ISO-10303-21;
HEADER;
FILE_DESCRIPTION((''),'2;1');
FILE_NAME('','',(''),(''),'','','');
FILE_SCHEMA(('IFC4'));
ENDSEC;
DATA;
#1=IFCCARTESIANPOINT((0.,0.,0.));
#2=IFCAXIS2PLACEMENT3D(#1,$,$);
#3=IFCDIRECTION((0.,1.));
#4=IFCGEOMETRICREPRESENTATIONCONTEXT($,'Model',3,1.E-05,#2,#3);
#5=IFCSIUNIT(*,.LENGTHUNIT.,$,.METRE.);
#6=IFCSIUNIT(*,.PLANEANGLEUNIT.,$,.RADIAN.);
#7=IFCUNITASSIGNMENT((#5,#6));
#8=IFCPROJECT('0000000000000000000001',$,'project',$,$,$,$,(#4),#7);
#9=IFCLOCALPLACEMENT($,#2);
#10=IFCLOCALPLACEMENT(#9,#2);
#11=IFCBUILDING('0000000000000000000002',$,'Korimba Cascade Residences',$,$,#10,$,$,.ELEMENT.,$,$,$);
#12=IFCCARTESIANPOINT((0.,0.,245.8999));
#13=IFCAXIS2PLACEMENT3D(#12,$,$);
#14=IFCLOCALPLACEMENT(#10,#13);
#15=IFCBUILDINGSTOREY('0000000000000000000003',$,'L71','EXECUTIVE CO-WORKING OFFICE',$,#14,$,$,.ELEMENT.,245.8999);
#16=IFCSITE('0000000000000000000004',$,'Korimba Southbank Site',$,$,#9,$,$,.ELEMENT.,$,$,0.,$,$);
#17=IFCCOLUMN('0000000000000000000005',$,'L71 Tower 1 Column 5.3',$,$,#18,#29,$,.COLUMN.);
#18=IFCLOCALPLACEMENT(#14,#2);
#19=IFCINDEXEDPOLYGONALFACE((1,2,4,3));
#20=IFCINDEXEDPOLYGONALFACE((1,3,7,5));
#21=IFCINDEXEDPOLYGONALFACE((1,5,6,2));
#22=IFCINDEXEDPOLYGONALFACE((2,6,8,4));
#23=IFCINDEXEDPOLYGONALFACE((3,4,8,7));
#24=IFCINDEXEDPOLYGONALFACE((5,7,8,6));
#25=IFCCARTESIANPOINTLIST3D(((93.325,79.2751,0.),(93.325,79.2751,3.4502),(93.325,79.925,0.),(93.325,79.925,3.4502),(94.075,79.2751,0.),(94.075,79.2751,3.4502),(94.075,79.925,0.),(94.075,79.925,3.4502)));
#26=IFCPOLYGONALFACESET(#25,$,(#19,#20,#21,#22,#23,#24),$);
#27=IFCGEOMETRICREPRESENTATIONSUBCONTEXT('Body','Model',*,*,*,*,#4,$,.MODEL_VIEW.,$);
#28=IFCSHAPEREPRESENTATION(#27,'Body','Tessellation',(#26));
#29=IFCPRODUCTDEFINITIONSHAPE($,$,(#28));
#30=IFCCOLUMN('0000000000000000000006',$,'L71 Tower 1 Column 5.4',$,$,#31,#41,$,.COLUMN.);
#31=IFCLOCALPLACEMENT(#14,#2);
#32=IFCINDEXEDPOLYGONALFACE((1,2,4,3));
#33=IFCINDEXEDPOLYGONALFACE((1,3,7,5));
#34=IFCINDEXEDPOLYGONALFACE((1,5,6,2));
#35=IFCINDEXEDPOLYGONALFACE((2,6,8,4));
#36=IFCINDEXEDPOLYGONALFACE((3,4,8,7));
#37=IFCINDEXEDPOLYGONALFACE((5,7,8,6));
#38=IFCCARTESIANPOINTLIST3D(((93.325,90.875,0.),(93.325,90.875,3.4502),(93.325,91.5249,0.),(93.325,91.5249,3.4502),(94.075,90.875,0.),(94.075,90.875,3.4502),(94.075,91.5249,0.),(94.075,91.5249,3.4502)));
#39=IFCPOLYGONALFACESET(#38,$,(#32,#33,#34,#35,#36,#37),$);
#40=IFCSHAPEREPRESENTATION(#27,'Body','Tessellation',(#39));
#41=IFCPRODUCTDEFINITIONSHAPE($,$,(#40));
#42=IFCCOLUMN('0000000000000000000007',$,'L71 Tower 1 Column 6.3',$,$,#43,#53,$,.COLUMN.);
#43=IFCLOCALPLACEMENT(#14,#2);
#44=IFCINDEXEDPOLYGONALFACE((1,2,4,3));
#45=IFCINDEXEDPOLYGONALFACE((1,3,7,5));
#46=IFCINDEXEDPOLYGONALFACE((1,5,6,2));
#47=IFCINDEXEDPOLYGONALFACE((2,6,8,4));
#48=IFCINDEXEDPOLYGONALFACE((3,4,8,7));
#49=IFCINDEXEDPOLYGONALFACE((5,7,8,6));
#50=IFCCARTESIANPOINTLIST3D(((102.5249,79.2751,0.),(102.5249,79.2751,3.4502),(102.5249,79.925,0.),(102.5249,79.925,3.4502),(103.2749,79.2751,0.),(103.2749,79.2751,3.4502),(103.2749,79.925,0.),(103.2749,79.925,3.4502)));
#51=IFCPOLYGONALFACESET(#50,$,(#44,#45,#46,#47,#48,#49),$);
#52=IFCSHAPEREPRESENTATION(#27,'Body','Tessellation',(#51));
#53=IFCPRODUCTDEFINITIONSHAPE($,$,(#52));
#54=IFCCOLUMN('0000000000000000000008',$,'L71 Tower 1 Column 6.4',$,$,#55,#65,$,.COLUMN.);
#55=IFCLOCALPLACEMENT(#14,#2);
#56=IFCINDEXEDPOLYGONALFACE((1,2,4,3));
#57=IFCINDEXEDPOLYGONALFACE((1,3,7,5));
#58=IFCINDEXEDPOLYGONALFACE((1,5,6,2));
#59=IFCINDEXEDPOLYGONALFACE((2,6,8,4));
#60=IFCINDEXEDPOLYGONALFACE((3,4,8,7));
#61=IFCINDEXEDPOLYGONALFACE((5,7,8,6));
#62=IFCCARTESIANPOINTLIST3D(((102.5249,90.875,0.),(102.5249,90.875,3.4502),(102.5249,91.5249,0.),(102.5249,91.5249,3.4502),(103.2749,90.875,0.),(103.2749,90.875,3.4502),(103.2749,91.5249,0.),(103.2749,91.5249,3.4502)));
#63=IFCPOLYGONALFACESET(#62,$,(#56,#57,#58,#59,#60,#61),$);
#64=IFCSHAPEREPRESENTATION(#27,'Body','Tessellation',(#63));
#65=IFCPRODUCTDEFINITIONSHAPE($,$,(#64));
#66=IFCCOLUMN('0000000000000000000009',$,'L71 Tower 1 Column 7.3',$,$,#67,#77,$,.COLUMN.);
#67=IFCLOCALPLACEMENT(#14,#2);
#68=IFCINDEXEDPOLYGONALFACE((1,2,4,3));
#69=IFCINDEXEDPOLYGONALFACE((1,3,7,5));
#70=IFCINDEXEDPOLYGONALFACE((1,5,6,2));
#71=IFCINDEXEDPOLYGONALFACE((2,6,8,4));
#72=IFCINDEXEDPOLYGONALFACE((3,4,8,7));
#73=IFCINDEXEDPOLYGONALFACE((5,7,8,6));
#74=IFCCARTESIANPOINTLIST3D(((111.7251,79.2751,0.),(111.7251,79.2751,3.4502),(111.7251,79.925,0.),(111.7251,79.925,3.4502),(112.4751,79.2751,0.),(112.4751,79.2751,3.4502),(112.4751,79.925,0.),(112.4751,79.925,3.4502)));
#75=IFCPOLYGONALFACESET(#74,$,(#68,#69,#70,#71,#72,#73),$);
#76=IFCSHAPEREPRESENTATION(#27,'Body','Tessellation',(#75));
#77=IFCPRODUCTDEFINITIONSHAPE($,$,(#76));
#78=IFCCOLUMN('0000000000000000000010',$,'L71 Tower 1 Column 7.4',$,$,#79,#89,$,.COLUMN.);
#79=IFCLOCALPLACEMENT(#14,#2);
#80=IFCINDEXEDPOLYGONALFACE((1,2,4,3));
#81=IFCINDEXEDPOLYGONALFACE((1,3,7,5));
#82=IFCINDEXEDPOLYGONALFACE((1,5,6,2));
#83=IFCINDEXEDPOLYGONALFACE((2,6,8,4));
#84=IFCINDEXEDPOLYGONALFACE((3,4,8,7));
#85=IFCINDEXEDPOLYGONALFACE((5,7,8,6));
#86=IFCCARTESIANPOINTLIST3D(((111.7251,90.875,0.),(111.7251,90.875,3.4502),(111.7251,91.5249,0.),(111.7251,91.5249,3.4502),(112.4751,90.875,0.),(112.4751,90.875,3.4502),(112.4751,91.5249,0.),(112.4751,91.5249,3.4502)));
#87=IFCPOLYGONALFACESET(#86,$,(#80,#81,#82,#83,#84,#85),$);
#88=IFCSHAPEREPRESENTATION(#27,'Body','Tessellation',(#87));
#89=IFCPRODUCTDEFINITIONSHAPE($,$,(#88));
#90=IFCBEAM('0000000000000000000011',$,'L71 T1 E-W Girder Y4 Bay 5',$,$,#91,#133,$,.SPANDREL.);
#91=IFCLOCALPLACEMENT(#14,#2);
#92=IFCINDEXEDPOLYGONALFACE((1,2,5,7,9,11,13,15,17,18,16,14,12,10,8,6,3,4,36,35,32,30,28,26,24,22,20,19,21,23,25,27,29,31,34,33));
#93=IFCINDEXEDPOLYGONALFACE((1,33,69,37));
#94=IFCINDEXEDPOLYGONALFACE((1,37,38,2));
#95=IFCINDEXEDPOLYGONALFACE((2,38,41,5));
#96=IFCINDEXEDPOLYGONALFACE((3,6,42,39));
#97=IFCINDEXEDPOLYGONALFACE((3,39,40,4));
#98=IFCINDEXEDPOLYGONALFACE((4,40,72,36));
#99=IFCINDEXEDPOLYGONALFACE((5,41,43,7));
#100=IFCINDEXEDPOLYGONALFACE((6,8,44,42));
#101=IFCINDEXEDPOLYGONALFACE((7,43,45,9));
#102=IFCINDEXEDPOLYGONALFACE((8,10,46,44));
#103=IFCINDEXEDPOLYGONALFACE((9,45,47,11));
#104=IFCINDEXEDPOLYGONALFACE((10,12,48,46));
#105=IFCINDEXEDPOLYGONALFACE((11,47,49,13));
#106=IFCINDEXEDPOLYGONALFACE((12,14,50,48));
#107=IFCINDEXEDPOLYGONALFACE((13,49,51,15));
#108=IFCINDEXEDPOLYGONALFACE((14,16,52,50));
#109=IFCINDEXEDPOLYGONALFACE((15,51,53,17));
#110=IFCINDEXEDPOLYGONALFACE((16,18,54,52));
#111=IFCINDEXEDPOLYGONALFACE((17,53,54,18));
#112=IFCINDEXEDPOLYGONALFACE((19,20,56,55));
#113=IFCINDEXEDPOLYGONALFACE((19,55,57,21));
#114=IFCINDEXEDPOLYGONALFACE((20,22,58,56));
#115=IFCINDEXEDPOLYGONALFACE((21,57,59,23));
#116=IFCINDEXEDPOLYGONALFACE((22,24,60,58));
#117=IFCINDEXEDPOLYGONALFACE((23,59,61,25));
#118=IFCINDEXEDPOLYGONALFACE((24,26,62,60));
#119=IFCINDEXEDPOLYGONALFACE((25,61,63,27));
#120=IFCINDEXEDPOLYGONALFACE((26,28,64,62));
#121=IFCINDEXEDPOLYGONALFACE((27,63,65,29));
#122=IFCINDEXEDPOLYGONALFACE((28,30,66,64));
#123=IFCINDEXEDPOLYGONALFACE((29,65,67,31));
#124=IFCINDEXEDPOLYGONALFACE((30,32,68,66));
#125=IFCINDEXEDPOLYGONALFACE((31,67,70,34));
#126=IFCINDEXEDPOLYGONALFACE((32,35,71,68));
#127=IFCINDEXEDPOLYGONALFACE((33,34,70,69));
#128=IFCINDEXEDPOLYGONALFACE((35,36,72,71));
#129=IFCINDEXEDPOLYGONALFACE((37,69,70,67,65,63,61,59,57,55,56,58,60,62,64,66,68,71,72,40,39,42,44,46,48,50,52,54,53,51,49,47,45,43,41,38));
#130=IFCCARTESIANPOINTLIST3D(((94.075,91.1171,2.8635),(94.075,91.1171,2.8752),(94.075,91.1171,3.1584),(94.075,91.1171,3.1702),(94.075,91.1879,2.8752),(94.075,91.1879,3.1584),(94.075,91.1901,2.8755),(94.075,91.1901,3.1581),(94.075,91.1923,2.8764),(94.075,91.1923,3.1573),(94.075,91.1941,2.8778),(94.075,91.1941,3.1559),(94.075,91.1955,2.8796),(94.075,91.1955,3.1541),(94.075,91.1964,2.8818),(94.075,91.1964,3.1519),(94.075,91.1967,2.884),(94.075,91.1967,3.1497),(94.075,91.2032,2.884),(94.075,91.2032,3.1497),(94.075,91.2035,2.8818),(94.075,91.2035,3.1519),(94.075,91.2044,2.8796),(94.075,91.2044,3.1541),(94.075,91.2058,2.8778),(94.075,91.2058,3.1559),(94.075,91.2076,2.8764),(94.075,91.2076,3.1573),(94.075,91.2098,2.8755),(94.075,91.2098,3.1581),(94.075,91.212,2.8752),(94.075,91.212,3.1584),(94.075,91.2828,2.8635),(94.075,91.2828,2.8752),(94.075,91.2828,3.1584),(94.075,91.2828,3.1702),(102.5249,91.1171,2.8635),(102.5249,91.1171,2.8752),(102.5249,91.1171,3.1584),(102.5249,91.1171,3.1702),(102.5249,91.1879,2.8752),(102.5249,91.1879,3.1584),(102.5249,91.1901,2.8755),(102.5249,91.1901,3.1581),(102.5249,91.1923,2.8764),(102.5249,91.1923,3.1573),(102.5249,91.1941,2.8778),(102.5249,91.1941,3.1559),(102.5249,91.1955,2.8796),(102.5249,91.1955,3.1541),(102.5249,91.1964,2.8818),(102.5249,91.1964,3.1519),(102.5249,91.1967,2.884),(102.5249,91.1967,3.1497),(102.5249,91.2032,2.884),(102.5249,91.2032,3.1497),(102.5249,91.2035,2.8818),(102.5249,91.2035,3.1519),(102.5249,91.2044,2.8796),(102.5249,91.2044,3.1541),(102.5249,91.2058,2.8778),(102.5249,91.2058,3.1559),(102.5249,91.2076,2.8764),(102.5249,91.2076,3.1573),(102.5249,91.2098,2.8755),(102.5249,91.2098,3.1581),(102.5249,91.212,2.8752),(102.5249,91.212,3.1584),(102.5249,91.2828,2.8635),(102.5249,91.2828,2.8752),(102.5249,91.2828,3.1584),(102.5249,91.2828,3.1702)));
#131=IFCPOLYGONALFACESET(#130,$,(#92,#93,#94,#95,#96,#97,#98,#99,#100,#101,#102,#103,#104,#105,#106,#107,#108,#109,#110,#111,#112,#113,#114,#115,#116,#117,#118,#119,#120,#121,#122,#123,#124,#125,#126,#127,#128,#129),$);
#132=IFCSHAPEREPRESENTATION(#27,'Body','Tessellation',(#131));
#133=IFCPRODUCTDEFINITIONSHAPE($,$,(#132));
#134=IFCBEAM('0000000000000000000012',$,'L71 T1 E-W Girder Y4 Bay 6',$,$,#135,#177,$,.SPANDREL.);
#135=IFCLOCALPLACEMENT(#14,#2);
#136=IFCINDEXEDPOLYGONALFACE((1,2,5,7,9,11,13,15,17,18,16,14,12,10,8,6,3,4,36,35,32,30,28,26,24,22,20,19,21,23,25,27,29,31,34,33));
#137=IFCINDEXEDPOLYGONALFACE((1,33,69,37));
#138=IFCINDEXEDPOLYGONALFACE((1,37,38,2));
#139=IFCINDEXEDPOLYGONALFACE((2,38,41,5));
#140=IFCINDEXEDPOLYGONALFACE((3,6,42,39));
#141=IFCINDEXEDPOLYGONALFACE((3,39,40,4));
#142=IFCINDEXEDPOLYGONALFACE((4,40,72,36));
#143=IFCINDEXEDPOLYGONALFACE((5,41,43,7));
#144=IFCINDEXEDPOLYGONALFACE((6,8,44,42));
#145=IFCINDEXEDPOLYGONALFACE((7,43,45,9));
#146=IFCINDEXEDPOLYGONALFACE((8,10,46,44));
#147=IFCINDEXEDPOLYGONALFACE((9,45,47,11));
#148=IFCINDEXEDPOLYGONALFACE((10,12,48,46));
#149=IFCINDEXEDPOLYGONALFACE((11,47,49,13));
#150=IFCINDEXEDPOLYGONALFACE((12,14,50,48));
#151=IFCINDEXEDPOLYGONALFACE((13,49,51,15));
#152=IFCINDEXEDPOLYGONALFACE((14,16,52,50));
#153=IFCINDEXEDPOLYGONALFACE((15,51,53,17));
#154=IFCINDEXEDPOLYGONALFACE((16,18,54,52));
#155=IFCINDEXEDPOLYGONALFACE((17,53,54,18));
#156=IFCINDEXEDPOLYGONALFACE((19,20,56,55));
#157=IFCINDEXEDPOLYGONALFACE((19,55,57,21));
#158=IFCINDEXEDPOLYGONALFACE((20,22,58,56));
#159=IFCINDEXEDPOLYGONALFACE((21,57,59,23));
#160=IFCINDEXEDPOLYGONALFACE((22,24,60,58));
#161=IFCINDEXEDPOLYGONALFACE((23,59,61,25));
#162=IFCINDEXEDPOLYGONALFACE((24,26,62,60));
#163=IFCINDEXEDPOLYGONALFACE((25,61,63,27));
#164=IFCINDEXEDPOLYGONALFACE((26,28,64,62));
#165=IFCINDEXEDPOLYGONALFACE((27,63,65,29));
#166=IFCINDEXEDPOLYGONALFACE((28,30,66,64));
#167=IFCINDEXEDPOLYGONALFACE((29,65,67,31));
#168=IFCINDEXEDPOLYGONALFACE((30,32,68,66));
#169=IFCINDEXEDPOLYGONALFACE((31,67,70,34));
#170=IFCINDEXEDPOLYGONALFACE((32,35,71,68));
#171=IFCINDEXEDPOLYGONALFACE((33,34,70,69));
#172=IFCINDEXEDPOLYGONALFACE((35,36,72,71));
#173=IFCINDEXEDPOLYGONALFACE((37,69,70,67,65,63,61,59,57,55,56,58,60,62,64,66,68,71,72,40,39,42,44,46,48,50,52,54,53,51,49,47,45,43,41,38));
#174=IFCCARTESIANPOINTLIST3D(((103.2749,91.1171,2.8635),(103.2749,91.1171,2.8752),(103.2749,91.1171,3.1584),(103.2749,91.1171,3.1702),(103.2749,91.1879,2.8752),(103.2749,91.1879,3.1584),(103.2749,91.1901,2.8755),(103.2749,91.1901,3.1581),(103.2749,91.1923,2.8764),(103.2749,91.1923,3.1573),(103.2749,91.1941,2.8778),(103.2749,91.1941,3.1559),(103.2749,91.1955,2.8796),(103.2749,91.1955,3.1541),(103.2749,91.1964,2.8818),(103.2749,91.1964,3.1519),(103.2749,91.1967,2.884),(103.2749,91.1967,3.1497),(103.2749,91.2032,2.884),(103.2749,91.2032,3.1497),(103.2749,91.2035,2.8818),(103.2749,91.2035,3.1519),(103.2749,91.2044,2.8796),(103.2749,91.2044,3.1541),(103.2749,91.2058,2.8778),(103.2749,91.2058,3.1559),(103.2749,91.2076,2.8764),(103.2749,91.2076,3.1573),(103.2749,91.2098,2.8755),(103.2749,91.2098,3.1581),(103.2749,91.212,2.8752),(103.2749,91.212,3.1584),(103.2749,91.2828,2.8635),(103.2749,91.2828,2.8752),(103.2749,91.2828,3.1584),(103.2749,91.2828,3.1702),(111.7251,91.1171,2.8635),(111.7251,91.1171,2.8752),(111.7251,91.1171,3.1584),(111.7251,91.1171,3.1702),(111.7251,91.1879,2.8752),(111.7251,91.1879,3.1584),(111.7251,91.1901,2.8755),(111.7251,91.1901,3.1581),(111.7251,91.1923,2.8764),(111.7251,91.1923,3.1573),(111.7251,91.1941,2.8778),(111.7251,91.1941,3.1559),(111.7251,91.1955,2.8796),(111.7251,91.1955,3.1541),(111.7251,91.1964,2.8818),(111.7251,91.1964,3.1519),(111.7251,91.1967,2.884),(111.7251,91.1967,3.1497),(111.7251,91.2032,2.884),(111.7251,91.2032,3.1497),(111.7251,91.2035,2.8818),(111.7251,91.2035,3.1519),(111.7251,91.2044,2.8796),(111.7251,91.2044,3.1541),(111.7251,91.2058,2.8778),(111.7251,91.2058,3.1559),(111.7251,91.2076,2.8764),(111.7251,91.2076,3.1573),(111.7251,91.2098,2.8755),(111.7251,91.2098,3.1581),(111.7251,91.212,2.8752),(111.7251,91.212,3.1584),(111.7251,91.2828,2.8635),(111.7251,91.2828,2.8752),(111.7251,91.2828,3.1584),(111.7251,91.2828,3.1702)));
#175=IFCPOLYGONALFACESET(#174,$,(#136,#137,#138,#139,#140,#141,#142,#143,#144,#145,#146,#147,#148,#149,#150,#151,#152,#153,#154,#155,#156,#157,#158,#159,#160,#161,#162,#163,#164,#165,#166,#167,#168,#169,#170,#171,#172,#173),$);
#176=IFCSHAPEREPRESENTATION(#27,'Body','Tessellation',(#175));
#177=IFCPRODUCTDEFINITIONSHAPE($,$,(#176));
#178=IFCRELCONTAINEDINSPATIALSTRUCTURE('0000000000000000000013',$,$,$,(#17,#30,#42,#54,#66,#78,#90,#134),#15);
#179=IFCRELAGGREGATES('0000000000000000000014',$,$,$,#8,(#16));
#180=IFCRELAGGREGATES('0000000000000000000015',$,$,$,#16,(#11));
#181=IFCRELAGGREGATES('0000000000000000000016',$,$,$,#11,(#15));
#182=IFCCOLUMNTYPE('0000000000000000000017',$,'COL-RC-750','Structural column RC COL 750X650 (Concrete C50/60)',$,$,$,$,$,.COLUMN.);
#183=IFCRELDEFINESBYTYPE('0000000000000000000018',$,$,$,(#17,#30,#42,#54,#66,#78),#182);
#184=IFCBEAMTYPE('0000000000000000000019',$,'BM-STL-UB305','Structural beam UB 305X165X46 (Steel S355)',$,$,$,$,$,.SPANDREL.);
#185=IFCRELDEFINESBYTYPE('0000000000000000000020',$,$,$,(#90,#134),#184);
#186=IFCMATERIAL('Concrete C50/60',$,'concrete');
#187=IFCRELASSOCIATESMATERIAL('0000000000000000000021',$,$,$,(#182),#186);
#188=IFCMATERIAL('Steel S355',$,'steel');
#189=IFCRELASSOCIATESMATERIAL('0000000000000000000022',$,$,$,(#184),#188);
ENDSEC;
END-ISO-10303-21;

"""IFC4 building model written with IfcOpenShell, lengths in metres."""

from ifc_helpers import new_model, si_unit, direction, frame, origin, origin_2d, place, context, subcontext, project, spatial, rectangle, i_section, extrude, material, material_profile, profile_set, type_object, element, save


model = new_model("IFC4")

# Units and contexts
model_context = context("Model", 3, precision=1e-05, world=origin(), true_north=direction((0.0, 1.0)))
body_context = subcontext(model_context, "Body", "Model", "MODEL_VIEW")
ifc_project = project(units=[si_unit("LENGTHUNIT", "METRE"), si_unit("PLANEANGLEUNIT", "RADIAN")], contexts=[model_context])

# Site, building, storey
site_placement = place(None, origin())
site = spatial("IfcSite", under=ifc_project, at=site_placement, Name="Korimba Southbank Site", CompositionType="ELEMENT", RefElevation=0.0)
building_placement = place(site_placement, origin())
building = spatial("IfcBuilding", under=site, at=building_placement, Name="Korimba Cascade Residences", CompositionType="ELEMENT")
storey_placement = place(building_placement, frame((0.0, 0.0, 245.8999)))
storey = spatial("IfcBuildingStorey", under=building, at=storey_placement, Name="L71", Description="EXECUTIVE CO-WORKING OFFICE", CompositionType="ELEMENT", Elevation=245.8999)

# Columns
ifc_material_1 = material(Name="Concrete C50/60", Category="concrete")
ifc_material_profile_1 = material_profile(ifc_material_1, rectangle(XDim=0.75, YDim=0.6499, at=origin_2d()), Name="Concrete C50/60")
ifc_profile_set_1 = profile_set([ifc_material_profile_1], Name="Concrete C50/60")
column_type = type_object("IfcColumnType", Name="COL-RC-750", Description="Structural column RC COL 750X650 (Concrete C50/60)", PredefinedType="COLUMN", material=ifc_profile_set_1)
for number, where, z_axis, x_axis, name in (
    (1, (93.7, 79.6001, 0.0), (0.0, 0.0, 1.0), (1.0, 0.0, 0.0), "L71 Tower 1 Column 5.3"),
    (2, (93.7, 91.2, 0.0), (0.0, 0.0, 1.0), (1.0, 0.0, 0.0), "L71 Tower 1 Column 5.4"),
    (3, (102.8999, 79.6001, 0.0), (0.0, 0.0, 1.0), (1.0, 0.0, 0.0), "L71 Tower 1 Column 6.3"),
    (4, (102.8999, 91.2, 0.0), (0.0, 0.0, 1.0), (1.0, 0.0, 0.0), "L71 Tower 1 Column 6.4"),
    (5, (112.1001, 79.6001, 0.0), (0.0, 0.0, 1.0), (1.0, 0.0, 0.0), "L71 Tower 1 Column 7.3"),
    (6, (112.1001, 91.2, 0.0), (0.0, 0.0, 1.0), (1.0, 0.0, 0.0), "L71 Tower 1 Column 7.4"),
):
    element("IfcColumn", number, at=place(storey_placement, frame(where, z_axis=z_axis, x_axis=x_axis)), inside=storey, type_object=column_type, Name=name, PredefinedType="COLUMN", context=body_context, shape_type="SweptSolid", body=[
        extrude(rectangle(XDim=0.75, YDim=0.6499, at=origin_2d()), origin(), (0.0, 0.0, 1.0), 3.4502),
    ])

# Beams
ifc_material_2 = material(Name="Steel S355", Category="steel")
ifc_material_profile_2 = material_profile(ifc_material_2, i_section(OverallWidth=0.1658, OverallDepth=0.3066, WebThickness=0.0066, FlangeThickness=0.0117, FilletRadius=0.0088, at=origin_2d()), Name="Steel S355")
ifc_profile_set_2 = profile_set([ifc_material_profile_2], Name="Steel S355")
beam_type_1 = type_object("IfcBeamType", Name="BM-STL-UB305", Description="Structural beam UB 305X165X46 (Steel S355)", PredefinedType="SPANDREL", material=ifc_profile_set_2)
beam_1_placement = place(storey_placement, frame((94.075, 91.2, 3.0168), z_axis=(1.0, 0.0, 0.0), x_axis=(0.0, 1.0, 0.0)))
element("IfcBeam", 7, at=beam_1_placement, inside=storey, type_object=beam_type_1, Name="L71 T1 E-W Girder Y4 Bay 5", PredefinedType="SPANDREL", context=body_context, shape_type="SweptSolid", body=[
    extrude(i_section(OverallWidth=0.1658, OverallDepth=0.3066, WebThickness=0.0066, FlangeThickness=0.0117, FilletRadius=0.0088, at=origin_2d()), origin(), (0.0, 0.0, 1.0), 8.45),
])
beam_2_placement = place(storey_placement, frame((103.2749, 91.2, 3.0168), z_axis=(1.0, 0.0, 0.0), x_axis=(0.0, 1.0, 0.0)))
element("IfcBeam", 8, at=beam_2_placement, inside=storey, type_object=beam_type_1, Name="L71 T1 E-W Girder Y4 Bay 6", PredefinedType="SPANDREL", context=body_context, shape_type="SweptSolid", body=[
    extrude(i_section(OverallWidth=0.1658, OverallDepth=0.3066, WebThickness=0.0066, FlangeThickness=0.0117, FilletRadius=0.0088, at=origin_2d()), origin(), (0.0, 0.0, 1.0), 8.4502),
])

save(model, "model.ifc")
